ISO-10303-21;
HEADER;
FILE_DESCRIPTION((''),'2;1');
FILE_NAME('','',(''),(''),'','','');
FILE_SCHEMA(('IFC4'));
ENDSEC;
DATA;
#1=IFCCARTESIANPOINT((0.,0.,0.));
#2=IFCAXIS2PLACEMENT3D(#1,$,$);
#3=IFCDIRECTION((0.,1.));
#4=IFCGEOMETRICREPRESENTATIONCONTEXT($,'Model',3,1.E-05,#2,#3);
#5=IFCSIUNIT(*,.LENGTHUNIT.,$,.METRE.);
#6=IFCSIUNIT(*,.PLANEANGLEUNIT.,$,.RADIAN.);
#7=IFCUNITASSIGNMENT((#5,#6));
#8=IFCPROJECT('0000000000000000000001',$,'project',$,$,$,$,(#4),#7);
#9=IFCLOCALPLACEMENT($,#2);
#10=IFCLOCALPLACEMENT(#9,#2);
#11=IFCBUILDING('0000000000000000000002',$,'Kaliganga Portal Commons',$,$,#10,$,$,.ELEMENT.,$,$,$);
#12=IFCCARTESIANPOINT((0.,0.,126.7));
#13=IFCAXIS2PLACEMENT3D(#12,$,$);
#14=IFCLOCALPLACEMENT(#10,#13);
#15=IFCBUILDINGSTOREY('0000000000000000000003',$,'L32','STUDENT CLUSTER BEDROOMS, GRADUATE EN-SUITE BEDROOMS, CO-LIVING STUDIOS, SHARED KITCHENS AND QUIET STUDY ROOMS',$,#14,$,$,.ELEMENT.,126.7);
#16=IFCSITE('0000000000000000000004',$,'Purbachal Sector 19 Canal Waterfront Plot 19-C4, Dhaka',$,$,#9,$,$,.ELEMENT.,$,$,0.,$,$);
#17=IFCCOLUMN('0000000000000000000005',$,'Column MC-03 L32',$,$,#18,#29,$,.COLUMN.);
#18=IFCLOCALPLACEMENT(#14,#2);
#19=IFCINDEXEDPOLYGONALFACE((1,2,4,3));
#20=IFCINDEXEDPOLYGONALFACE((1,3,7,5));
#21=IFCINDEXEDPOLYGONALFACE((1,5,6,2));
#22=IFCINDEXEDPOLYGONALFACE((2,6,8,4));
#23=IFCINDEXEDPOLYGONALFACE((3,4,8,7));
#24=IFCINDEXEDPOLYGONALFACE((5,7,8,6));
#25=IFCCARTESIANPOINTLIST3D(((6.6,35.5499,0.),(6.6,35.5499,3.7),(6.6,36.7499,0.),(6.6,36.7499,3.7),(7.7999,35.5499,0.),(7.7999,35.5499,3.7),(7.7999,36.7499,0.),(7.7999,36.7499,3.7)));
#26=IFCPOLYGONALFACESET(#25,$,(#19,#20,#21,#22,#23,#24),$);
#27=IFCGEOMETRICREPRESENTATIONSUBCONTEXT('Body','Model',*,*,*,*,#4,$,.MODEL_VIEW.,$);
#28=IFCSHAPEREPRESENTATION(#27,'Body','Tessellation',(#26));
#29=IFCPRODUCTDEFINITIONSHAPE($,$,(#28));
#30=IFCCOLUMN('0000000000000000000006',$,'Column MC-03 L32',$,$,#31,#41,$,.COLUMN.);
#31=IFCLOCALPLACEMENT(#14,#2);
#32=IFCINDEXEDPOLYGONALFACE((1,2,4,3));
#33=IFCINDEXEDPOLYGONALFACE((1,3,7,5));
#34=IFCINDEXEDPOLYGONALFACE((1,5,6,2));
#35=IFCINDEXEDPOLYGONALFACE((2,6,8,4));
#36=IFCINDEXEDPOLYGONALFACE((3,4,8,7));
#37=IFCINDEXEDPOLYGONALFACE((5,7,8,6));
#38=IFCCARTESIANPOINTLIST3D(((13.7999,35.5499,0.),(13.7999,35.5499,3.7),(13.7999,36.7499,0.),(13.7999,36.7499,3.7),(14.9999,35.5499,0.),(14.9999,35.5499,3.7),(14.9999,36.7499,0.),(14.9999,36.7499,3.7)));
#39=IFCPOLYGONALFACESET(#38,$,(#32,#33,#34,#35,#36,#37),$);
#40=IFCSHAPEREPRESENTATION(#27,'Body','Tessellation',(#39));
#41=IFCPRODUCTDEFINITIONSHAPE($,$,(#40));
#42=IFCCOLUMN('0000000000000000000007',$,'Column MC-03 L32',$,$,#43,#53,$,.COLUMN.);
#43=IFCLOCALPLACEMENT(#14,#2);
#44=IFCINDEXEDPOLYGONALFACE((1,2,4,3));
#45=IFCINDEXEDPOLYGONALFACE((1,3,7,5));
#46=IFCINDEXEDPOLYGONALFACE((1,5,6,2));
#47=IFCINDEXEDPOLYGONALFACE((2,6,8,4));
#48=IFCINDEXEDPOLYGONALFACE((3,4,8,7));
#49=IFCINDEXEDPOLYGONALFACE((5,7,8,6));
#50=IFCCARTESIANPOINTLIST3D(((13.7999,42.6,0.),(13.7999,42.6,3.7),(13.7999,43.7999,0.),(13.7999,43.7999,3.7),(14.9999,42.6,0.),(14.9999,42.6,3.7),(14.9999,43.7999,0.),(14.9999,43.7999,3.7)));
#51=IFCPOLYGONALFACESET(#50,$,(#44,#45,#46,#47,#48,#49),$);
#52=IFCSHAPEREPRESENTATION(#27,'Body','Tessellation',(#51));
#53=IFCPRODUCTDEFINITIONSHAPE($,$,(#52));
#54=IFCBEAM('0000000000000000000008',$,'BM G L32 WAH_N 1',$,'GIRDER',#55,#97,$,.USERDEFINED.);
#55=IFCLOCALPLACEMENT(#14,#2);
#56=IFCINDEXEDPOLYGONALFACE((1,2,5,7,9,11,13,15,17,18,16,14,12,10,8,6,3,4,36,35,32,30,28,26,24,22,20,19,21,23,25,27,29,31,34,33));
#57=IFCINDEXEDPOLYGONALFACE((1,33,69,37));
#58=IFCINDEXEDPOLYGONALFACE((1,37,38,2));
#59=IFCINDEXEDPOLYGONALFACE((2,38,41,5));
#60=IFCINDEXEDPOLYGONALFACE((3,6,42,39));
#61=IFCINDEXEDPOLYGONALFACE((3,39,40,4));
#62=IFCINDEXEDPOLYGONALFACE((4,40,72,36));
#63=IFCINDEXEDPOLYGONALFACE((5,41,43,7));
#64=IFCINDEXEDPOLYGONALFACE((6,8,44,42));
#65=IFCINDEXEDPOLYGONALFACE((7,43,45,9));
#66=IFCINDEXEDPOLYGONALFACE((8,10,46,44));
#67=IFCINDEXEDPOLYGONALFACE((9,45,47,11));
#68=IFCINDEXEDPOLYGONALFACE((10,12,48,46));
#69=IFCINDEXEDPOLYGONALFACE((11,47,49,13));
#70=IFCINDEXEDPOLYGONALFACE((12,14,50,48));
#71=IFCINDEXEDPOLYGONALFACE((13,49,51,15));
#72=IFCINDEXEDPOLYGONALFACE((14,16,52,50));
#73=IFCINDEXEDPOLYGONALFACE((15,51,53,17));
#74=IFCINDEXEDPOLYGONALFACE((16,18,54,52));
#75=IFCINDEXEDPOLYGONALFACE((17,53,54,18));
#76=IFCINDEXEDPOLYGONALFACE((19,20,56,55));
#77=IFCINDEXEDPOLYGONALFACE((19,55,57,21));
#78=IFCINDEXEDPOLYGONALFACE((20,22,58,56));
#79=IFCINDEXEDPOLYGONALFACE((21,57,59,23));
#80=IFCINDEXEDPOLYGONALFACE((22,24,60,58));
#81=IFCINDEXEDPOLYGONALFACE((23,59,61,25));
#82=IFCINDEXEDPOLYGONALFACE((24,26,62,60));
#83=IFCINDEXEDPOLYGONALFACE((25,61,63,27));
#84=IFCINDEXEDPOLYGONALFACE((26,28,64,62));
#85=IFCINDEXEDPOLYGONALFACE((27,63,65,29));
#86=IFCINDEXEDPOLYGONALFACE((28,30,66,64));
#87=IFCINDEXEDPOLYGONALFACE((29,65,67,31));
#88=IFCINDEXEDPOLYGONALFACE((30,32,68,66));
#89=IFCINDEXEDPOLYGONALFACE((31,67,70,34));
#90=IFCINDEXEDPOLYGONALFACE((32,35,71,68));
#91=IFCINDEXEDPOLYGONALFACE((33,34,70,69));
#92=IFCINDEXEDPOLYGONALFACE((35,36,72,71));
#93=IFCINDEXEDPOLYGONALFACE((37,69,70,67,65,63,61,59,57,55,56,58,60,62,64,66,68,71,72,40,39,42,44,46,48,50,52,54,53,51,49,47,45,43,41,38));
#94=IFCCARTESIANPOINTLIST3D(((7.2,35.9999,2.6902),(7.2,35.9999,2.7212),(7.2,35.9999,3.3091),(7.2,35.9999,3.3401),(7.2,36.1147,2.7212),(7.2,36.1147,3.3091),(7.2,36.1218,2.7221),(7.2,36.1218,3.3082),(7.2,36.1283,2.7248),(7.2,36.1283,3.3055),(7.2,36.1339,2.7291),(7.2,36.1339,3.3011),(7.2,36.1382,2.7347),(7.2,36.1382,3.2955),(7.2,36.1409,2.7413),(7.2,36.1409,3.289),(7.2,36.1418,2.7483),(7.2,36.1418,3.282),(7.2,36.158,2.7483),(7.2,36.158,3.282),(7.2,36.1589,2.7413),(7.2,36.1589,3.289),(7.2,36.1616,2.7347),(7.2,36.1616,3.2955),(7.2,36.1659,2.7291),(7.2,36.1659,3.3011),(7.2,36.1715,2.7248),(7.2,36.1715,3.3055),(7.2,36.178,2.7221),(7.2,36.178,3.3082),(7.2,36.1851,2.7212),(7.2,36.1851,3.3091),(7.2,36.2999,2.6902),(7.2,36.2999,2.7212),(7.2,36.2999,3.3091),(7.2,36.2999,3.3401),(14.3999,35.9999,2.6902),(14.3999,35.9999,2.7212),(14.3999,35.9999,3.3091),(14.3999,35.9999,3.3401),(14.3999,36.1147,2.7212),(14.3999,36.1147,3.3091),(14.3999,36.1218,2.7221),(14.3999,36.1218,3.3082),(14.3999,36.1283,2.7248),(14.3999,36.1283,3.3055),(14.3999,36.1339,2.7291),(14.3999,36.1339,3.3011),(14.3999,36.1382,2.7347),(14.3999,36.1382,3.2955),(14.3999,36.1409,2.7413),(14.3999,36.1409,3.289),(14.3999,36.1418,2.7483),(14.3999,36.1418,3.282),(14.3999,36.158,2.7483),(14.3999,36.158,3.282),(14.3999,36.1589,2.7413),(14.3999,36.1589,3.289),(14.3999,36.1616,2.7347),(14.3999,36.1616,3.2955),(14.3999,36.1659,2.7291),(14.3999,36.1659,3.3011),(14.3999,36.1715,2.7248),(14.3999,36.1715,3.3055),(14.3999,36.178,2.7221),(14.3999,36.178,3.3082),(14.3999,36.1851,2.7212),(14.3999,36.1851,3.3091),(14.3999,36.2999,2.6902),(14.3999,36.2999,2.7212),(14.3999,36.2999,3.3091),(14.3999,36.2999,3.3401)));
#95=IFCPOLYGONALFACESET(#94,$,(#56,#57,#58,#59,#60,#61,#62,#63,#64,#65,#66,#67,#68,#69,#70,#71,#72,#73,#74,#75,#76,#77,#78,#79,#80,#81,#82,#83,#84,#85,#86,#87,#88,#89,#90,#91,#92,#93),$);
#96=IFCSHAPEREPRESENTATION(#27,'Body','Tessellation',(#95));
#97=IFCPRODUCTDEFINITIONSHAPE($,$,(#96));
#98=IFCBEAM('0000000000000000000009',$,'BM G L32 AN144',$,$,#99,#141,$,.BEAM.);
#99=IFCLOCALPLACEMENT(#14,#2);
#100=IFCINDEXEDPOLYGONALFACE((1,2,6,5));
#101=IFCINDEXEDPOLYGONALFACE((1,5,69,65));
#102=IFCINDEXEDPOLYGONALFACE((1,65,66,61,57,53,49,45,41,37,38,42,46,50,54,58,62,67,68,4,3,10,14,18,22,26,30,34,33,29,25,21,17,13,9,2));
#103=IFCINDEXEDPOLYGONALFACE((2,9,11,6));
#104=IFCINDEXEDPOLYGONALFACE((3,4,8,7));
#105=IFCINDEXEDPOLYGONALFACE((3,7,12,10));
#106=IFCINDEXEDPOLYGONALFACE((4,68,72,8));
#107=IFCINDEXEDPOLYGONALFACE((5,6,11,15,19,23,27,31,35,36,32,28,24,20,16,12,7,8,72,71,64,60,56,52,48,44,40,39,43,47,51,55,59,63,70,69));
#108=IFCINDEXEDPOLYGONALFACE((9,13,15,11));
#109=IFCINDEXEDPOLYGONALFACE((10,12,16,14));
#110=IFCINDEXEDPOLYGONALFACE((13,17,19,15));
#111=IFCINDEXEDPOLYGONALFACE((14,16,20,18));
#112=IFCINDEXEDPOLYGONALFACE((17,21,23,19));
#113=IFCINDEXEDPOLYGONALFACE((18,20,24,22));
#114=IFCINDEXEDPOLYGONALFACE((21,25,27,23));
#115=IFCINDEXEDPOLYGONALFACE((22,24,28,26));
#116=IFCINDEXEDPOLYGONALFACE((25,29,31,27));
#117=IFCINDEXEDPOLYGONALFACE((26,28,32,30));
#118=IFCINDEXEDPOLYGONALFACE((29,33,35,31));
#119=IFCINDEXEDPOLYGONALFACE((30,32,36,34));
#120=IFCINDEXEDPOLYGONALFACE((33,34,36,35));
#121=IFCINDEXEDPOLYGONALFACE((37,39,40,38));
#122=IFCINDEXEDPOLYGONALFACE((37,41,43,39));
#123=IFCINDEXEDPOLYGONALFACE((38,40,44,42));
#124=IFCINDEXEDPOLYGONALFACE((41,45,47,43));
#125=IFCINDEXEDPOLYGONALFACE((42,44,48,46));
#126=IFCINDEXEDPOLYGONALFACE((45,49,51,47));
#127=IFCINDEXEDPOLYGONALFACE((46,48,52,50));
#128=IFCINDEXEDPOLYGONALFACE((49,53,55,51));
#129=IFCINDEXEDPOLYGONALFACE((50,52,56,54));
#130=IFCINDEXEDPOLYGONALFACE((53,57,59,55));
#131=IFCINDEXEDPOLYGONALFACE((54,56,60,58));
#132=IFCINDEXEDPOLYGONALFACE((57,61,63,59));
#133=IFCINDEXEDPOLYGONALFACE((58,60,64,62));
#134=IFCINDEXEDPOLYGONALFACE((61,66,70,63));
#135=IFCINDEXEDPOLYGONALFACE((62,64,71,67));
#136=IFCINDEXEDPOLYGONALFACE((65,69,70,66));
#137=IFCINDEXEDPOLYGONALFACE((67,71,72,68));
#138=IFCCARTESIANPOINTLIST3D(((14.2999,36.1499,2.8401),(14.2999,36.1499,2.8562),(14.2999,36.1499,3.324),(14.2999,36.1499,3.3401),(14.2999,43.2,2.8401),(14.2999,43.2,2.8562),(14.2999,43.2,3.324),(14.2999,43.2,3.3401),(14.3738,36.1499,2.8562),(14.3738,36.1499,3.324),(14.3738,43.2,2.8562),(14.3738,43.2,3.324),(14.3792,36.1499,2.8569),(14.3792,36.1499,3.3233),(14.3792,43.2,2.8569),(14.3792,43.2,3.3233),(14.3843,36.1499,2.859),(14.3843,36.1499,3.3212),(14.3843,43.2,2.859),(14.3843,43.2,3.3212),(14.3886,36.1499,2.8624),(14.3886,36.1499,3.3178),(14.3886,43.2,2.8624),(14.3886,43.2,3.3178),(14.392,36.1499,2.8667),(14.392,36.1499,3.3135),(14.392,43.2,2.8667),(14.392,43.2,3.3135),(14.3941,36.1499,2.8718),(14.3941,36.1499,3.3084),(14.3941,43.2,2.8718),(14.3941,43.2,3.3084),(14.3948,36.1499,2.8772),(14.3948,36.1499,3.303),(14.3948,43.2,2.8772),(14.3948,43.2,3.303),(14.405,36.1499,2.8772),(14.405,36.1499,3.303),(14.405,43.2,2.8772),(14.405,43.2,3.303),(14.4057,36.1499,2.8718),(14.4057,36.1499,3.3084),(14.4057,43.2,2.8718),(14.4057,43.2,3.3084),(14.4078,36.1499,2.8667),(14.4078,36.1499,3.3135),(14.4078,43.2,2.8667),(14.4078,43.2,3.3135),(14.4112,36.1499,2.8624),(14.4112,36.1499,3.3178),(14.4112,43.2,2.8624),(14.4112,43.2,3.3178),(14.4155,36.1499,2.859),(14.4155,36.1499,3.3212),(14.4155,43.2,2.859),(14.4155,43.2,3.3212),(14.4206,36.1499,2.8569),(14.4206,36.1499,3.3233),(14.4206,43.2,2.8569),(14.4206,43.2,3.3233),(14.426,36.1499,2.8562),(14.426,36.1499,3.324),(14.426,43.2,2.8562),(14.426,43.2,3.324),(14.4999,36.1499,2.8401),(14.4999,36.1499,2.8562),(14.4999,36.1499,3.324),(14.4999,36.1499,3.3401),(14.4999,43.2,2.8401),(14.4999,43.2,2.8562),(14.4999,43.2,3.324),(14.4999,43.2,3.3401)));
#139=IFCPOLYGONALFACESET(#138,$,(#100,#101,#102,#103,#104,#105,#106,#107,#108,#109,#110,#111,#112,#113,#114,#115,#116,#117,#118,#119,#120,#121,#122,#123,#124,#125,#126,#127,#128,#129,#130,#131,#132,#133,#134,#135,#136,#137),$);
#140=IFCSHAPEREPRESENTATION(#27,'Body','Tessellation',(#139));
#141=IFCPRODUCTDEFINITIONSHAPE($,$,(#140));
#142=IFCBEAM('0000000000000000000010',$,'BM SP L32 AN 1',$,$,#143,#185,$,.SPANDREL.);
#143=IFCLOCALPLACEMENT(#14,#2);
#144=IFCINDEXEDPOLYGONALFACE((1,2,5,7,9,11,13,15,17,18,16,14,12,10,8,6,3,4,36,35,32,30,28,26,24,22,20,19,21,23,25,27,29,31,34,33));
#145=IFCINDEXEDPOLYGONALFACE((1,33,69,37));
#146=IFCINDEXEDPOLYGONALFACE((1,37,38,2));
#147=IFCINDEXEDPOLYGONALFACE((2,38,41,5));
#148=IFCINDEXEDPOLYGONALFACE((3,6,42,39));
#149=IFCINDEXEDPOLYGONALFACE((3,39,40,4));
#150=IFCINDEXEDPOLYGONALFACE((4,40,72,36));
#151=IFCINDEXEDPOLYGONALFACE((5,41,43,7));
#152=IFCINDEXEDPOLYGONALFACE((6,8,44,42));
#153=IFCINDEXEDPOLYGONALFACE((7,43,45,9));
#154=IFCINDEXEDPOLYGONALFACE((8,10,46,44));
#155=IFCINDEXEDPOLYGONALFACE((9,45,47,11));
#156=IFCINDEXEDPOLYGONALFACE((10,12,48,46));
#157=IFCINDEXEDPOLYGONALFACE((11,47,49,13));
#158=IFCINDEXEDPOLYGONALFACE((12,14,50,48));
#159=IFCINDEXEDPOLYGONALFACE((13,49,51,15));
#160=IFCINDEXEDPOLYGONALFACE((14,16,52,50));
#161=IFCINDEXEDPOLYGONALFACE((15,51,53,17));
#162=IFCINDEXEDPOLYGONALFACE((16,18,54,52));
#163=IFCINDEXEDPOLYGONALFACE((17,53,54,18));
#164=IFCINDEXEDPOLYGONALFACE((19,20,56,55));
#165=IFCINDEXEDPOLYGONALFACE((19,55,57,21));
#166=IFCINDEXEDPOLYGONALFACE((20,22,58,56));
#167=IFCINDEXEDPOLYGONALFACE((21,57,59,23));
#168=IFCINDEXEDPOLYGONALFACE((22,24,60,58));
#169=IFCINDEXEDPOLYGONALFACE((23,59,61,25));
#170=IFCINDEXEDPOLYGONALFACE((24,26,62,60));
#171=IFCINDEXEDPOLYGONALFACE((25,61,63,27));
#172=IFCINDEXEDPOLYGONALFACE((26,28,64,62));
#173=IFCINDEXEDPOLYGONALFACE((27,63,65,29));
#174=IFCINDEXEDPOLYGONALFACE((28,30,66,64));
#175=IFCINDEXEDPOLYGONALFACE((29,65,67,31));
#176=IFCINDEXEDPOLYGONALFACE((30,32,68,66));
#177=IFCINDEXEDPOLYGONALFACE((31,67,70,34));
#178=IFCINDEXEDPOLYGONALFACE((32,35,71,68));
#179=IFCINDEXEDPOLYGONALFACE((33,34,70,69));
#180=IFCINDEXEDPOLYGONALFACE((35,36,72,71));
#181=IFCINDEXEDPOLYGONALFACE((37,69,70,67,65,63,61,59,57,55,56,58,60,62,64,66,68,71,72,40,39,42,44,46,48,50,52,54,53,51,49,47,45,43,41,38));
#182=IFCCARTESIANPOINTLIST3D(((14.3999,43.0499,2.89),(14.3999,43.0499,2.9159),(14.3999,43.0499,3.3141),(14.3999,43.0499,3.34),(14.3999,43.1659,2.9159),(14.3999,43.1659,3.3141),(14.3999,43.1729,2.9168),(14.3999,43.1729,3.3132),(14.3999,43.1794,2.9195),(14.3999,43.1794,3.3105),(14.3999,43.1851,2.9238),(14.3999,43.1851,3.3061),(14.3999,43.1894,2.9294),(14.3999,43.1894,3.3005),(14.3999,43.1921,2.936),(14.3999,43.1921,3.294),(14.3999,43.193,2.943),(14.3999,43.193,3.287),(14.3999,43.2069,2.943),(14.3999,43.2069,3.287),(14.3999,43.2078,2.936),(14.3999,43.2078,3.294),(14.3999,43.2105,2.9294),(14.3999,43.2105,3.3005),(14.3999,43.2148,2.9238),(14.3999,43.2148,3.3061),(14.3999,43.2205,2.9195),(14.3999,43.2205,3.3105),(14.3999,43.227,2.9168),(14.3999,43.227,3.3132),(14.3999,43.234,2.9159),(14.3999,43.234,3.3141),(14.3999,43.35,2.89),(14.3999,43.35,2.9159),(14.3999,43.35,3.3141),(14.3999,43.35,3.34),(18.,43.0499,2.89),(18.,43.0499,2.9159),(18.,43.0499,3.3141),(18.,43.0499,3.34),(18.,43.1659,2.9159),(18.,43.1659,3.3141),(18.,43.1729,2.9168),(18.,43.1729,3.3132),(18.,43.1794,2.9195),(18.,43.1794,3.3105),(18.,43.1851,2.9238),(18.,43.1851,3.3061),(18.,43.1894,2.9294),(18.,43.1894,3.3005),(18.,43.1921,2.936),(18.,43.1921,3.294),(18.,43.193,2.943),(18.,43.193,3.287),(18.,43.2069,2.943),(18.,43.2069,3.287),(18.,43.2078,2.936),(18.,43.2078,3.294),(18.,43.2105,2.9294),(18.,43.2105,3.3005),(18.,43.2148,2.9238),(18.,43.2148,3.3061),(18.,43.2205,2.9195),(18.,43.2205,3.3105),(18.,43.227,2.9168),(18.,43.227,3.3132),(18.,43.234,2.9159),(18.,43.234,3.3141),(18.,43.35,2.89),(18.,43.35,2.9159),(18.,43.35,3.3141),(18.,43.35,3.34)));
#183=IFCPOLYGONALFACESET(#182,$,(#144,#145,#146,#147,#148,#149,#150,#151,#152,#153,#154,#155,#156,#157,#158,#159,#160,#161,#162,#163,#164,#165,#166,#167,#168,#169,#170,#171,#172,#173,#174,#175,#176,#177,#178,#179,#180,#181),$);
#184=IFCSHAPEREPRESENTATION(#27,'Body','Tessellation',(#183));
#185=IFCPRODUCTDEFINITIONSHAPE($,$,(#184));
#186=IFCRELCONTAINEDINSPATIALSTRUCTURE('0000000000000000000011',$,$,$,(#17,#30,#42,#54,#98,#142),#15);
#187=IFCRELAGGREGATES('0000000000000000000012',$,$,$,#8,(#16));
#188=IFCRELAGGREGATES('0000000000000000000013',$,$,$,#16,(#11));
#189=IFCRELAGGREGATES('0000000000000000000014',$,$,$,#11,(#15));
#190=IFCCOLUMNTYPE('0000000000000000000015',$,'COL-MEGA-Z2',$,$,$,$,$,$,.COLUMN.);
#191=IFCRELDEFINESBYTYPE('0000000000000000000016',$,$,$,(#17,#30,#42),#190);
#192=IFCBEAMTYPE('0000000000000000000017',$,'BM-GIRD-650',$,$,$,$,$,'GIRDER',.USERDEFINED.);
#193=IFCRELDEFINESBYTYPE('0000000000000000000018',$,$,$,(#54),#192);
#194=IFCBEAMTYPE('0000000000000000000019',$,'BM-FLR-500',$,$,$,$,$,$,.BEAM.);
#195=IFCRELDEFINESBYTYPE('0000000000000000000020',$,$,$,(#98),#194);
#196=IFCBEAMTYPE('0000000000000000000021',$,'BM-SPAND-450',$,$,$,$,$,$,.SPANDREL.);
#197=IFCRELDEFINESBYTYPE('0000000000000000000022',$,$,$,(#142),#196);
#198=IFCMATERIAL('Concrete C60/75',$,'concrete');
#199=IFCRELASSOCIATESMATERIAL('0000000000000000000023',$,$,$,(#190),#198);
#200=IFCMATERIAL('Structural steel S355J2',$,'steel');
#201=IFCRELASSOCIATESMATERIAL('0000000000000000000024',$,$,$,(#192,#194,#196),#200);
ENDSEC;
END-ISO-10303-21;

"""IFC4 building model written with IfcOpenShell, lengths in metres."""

from ifc_helpers import new_model, si_unit, direction, frame, origin, origin_2d, place, context, subcontext, project, spatial, rectangle, i_section, extrude, source, transform, mapped, material, material_profile, profile_set, type_object, element, save


model = new_model("IFC4")

# Units and contexts
model_context = context("Model", 3, precision=1e-05, world=origin(), true_north=direction((0.0, 1.0)))
body_context = subcontext(model_context, "Body", "Model", "MODEL_VIEW")
ifc_project = project(units=[si_unit("LENGTHUNIT", "METRE"), si_unit("PLANEANGLEUNIT", "RADIAN")], contexts=[model_context])

# Site, building, storey
site_placement = place(None, origin())
site = spatial("IfcSite", under=ifc_project, at=site_placement, Name="Purbachal Sector 19 Canal Waterfront Plot 19-C4, Dhaka", CompositionType="ELEMENT", RefElevation=0.0)
building_placement = place(site_placement, origin())
building = spatial("IfcBuilding", under=site, at=building_placement, Name="Kaliganga Portal Commons", CompositionType="ELEMENT")
storey_placement = place(building_placement, frame((0.0, 0.0, 126.7)))
storey = spatial("IfcBuildingStorey", under=building, at=storey_placement, Name="L32", Description="STUDENT CLUSTER BEDROOMS, GRADUATE EN-SUITE BEDROOMS, CO-LIVING STUDIOS, SHARED KITCHENS AND QUIET STUDY ROOMS", CompositionType="ELEMENT", Elevation=126.7)

# Columns
ifc_material_1 = material(Name="Concrete C60/75", Category="concrete")
ifc_material_profile_1 = material_profile(ifc_material_1, rectangle(XDim=1.2, YDim=1.2, at=origin_2d()), Name="RC 1200x1200")
ifc_profile_set_1 = profile_set([ifc_material_profile_1], Name="Concrete C60/75")
column_type = type_object("IfcColumnType", Name="COL-MEGA-Z2", PredefinedType="COLUMN", material=ifc_profile_set_1)
shared_shape_1 = source(origin(), body_context, "Body", "SweptSolid", [
    extrude(rectangle(XDim=1.2, YDim=1.2, at=origin_2d()), origin(), (0.0, 0.0, 1.0), 3.7),
])
for number, where, z_axis, x_axis, name in (
    (1, (7.2, 36.1499, 0.0), (0.0, 0.0, 1.0), (1.0, 0.0, 0.0), "Column MC-03 L32"),
    (2, (14.3999, 36.1499, 0.0), (0.0, 0.0, 1.0), (1.0, 0.0, 0.0), "Column MC-03 L32"),
    (3, (14.3999, 43.2, 0.0), (0.0, 0.0, 1.0), (1.0, 0.0, 0.0), "Column MC-03 L32"),
):
    element("IfcColumn", number, at=place(storey_placement, frame(where, z_axis=z_axis, x_axis=x_axis)), inside=storey, type_object=column_type, Name=name, PredefinedType="COLUMN", context=body_context, shape_type="MappedRepresentation", body=[
        mapped(shared_shape_1, transform((0.0, 0.0, 0.0), x_axis=(1.0, 0.0, 0.0), y_axis=(0.0, 1.0, 0.0), z_axis=(0.0, 0.0, 1.0), scale=1.0)),
    ])

# Beams
ifc_material_2 = material(Name="Structural steel S355J2", Category="steel")
ifc_material_profile_2 = material_profile(ifc_material_2, i_section(OverallWidth=0.3, OverallDepth=0.6499, WebThickness=0.0161, FlangeThickness=0.031, FilletRadius=0.0271, at=origin_2d()), Name="HE 650 B")
ifc_profile_set_2 = profile_set([ifc_material_profile_2], Name="Structural steel S355J2 wide-flange")
beam_type_1 = type_object("IfcBeamType", Name="BM-GIRD-650", ElementType="GIRDER", PredefinedType="USERDEFINED", material=ifc_profile_set_2)
shared_shape_2 = source(origin(), body_context, "Body", "SweptSolid", [
    extrude(i_section(OverallWidth=0.3, OverallDepth=0.6499, WebThickness=0.0161, FlangeThickness=0.031, FilletRadius=0.0271, at=origin_2d()), origin(), (0.0, 0.0, 1.0), 7.2),
])
beam_1_placement = place(storey_placement, frame((7.2, 36.1499, 3.0151), z_axis=(1.0, 0.0, 0.0), x_axis=(0.0, 1.0, 0.0)))
element("IfcBeam", 4, at=beam_1_placement, inside=storey, type_object=beam_type_1, Name="BM G L32 WAH_N 1", ObjectType="GIRDER", PredefinedType="USERDEFINED", context=body_context, shape_type="MappedRepresentation", body=[
    mapped(shared_shape_2, transform((0.0, 0.0, 0.0), x_axis=(1.0, 0.0, 0.0), y_axis=(0.0, 1.0, 0.0), z_axis=(0.0, 0.0, 1.0), scale=1.0)),
])
ifc_material_profile_3 = material_profile(ifc_material_2, i_section(OverallWidth=0.2, OverallDepth=0.5, WebThickness=0.0103, FlangeThickness=0.0161, FilletRadius=0.021, at=origin_2d()), Name="IPE 500")
ifc_profile_set_3 = profile_set([ifc_material_profile_3], Name="Structural steel S355J2 wide-flange")
beam_type_2 = type_object("IfcBeamType", Name="BM-FLR-500", PredefinedType="BEAM", material=ifc_profile_set_3)
shared_shape_3 = source(origin(), body_context, "Body", "SweptSolid", [
    extrude(i_section(OverallWidth=0.2, OverallDepth=0.5, WebThickness=0.0103, FlangeThickness=0.0161, FilletRadius=0.021, at=origin_2d()), origin(), (0.0, 0.0, 1.0), 7.05),
])
beam_2_placement = place(storey_placement, frame((14.3999, 36.1499, 3.0901), z_axis=(0.0, 1.0, 0.0), x_axis=(-1.0, 0.0, 0.0)))
element("IfcBeam", 5, at=beam_2_placement, inside=storey, type_object=beam_type_2, Name="BM G L32 AN144", PredefinedType="BEAM", context=body_context, shape_type="MappedRepresentation", body=[
    mapped(shared_shape_3, transform((0.0, 0.0, 0.0), x_axis=(1.0, 0.0, 0.0), y_axis=(0.0, 1.0, 0.0), z_axis=(0.0, 0.0, 1.0), scale=1.0)),
])
ifc_material_profile_4 = material_profile(ifc_material_2, i_section(OverallWidth=0.3, OverallDepth=0.45, WebThickness=0.0139, FlangeThickness=0.0259, FilletRadius=0.0271, at=origin_2d()), Name="HE 450 B")
ifc_profile_set_4 = profile_set([ifc_material_profile_4], Name="Structural steel S355J2 wide-flange")
beam_type_3 = type_object("IfcBeamType", Name="BM-SPAND-450", PredefinedType="SPANDREL", material=ifc_profile_set_4)
shared_shape_4 = source(origin(), body_context, "Body", "SweptSolid", [
    extrude(i_section(OverallWidth=0.3, OverallDepth=0.45, WebThickness=0.0139, FlangeThickness=0.0259, FilletRadius=0.0271, at=origin_2d()), origin(), (0.0, 0.0, 1.0), 3.6001),
])
beam_3_placement = place(storey_placement, frame((14.3999, 43.2, 3.115), z_axis=(1.0, 0.0, 0.0), x_axis=(0.0, 1.0, 0.0)))
element("IfcBeam", 6, at=beam_3_placement, inside=storey, type_object=beam_type_3, Name="BM SP L32 AN 1", PredefinedType="SPANDREL", context=body_context, shape_type="MappedRepresentation", body=[
    mapped(shared_shape_4, transform((0.0, 0.0, 0.0), x_axis=(1.0, 0.0, 0.0), y_axis=(0.0, 1.0, 0.0), z_axis=(0.0, 0.0, 1.0), scale=1.0)),
])

save(model, "model.ifc")
